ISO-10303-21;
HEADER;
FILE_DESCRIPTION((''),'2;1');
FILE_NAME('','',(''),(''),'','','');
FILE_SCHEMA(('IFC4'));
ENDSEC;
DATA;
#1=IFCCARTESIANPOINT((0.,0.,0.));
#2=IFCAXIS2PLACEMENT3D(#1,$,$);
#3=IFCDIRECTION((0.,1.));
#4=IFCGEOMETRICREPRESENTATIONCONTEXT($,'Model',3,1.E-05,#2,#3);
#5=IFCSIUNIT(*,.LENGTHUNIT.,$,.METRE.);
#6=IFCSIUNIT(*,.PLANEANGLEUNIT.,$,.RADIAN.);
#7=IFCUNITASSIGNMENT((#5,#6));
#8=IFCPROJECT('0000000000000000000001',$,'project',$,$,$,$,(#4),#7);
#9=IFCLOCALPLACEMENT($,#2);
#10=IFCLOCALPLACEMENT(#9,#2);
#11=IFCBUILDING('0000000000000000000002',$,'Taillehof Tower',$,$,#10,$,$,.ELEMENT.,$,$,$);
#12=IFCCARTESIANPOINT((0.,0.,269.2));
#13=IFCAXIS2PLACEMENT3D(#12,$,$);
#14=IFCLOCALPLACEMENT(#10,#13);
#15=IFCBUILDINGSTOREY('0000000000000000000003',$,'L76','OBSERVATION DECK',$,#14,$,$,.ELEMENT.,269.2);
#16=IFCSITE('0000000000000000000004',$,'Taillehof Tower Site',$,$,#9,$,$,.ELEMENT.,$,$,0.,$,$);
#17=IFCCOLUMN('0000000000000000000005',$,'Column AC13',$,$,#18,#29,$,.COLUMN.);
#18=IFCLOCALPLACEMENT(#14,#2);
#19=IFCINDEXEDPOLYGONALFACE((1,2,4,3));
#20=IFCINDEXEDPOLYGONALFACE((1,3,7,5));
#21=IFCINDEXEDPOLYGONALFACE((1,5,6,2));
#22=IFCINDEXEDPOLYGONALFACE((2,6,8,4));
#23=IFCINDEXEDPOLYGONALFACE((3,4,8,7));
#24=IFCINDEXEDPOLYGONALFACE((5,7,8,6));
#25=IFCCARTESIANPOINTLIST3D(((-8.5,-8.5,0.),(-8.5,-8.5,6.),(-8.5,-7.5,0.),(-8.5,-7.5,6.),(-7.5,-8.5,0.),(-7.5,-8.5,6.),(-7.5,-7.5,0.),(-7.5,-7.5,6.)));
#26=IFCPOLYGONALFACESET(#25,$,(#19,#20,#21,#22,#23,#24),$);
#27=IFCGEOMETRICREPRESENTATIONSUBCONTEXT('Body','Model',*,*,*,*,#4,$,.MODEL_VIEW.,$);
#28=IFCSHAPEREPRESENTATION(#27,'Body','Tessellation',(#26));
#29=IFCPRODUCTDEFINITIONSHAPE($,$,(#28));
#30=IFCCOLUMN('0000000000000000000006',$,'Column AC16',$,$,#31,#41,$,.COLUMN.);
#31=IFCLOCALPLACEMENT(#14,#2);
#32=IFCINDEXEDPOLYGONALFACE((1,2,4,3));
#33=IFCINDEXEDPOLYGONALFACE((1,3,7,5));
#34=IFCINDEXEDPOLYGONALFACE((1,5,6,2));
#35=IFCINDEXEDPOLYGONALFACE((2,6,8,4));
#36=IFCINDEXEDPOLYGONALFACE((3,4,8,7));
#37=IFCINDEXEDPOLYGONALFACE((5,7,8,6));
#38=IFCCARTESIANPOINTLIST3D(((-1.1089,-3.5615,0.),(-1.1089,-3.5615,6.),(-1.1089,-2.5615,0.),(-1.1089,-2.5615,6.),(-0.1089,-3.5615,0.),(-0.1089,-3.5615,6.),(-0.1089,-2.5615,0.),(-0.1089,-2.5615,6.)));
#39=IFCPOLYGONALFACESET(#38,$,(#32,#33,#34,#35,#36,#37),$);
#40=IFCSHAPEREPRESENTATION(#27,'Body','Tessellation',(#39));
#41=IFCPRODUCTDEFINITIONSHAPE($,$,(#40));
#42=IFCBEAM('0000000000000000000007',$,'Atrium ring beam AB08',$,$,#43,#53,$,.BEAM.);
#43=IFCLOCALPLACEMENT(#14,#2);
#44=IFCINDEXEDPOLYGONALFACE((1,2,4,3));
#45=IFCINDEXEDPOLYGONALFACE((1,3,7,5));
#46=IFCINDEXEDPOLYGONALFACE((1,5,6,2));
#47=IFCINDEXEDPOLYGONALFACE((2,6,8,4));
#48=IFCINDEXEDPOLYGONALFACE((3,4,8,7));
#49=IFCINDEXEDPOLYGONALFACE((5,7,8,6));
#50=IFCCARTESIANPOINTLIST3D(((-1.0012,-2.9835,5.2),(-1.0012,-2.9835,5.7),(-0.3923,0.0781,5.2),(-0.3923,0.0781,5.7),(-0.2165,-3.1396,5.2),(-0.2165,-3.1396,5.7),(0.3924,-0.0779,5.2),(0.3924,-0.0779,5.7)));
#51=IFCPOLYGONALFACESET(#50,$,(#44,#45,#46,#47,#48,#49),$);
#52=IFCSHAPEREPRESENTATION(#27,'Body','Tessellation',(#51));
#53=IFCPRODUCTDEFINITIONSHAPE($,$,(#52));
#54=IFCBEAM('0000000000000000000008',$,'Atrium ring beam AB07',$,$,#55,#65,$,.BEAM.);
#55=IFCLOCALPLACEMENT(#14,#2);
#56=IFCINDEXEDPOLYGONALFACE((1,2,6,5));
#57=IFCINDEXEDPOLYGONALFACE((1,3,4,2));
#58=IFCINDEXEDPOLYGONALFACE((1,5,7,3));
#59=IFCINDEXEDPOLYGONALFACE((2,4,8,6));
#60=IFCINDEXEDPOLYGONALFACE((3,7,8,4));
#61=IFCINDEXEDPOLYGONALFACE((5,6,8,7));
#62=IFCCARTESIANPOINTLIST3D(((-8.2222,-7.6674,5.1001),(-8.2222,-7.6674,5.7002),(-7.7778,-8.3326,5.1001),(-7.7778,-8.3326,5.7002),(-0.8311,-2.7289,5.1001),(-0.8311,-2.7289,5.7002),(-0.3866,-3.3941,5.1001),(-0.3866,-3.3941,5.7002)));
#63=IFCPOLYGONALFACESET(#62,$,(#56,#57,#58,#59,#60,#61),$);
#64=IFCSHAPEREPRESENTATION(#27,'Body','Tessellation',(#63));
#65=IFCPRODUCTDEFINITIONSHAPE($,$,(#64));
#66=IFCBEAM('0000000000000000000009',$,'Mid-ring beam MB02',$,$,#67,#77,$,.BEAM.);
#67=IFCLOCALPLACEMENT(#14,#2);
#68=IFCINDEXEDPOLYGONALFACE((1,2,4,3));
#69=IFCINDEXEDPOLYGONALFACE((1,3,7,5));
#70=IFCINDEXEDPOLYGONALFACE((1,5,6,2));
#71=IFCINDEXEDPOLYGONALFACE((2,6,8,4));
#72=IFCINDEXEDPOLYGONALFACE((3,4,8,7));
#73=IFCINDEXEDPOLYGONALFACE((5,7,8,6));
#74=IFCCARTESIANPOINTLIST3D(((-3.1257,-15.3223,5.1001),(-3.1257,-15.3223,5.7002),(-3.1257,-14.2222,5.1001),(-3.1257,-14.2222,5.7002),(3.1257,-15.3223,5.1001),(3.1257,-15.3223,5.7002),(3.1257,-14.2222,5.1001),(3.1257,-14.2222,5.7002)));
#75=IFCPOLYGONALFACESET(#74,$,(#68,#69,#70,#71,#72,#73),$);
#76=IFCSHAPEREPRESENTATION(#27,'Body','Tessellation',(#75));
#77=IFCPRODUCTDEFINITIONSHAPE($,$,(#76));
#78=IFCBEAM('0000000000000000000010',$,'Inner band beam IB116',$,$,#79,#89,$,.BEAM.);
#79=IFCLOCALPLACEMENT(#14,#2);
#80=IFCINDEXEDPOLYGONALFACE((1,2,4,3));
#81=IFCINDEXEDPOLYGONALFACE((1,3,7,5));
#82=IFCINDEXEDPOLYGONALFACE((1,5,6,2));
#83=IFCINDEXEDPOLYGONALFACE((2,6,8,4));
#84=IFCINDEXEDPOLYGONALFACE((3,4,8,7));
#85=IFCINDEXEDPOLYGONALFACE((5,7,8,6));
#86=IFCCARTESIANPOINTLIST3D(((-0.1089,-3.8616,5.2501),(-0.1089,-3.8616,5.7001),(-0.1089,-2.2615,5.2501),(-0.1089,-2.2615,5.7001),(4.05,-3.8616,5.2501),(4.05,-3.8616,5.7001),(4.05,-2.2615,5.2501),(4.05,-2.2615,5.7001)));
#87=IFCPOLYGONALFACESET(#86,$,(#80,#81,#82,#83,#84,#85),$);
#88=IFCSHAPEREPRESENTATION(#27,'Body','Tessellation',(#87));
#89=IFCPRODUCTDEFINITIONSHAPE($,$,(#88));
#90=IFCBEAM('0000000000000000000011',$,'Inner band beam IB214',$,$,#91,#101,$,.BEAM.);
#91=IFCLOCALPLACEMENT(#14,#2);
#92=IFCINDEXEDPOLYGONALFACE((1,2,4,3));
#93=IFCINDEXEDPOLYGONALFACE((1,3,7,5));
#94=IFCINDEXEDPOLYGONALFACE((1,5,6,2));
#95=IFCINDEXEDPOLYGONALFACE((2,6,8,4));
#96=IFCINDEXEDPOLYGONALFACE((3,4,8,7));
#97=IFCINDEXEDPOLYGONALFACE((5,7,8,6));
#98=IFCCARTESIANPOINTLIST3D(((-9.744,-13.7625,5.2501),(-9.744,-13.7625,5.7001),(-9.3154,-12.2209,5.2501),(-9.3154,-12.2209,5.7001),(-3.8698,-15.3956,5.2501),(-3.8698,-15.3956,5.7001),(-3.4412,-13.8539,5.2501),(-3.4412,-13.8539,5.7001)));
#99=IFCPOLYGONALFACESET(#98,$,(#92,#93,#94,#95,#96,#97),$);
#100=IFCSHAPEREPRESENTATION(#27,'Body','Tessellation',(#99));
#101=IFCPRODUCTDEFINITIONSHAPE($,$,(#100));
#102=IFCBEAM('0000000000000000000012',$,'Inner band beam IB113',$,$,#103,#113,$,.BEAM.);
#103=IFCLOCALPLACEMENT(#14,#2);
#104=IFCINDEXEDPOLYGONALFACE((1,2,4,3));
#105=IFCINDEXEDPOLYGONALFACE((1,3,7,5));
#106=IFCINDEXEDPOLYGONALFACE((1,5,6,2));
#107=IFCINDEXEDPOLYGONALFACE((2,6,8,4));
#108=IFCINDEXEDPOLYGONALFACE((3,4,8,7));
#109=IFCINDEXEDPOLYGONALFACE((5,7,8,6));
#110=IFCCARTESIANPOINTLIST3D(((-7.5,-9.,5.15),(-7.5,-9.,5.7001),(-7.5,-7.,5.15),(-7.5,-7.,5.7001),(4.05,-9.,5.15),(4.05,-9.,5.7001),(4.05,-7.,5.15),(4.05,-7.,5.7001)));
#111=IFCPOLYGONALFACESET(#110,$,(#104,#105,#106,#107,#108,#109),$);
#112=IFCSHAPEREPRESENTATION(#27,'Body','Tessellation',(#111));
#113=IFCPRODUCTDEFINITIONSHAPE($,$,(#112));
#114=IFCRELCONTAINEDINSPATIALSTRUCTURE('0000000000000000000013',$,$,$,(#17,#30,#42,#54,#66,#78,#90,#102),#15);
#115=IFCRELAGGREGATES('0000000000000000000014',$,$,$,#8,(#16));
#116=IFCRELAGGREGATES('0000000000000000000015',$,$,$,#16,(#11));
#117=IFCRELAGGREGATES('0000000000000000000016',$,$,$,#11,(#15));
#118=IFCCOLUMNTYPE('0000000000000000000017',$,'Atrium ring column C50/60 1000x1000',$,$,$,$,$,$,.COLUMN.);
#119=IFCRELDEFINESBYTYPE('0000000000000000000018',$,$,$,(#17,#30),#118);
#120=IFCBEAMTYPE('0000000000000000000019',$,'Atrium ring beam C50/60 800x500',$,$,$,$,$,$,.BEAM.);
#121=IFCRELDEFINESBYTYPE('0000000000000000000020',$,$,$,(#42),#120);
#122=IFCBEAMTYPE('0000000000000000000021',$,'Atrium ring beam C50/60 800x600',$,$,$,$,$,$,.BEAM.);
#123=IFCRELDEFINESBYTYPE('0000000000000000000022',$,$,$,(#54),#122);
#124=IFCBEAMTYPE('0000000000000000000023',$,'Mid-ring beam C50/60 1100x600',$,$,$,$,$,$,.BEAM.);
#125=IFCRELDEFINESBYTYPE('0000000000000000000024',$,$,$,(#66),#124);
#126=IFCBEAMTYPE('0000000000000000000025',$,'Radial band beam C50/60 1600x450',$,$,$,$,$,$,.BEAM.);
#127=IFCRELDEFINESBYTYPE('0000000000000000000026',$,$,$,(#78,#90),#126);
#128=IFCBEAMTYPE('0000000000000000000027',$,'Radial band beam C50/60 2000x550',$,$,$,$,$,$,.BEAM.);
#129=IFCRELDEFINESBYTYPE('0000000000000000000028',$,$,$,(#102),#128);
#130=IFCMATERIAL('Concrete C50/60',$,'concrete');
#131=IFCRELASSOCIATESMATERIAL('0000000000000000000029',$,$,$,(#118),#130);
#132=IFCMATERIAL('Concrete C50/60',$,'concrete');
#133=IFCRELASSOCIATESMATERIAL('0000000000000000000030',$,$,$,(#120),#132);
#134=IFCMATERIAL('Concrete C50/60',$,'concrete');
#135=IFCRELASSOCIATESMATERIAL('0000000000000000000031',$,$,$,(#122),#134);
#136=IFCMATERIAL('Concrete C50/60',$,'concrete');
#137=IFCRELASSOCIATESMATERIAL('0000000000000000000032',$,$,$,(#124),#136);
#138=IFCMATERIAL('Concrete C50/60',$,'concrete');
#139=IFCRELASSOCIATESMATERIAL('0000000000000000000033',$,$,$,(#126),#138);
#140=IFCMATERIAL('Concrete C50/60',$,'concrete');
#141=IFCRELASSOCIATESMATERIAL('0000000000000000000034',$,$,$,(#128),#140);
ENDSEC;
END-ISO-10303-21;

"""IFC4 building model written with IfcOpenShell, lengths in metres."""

from ifc_helpers import new_model, si_unit, direction, frame, origin, origin_2d, place, context, subcontext, project, spatial, rectangle, extrude, material, material_profile, profile_set, type_object, element, save


model = new_model("IFC4")

# Units and contexts
model_context = context("Model", 3, precision=1e-05, world=origin(), true_north=direction((0.0, 1.0)))
body_context = subcontext(model_context, "Body", "Model", "MODEL_VIEW")
ifc_project = project(units=[si_unit("LENGTHUNIT", "METRE"), si_unit("PLANEANGLEUNIT", "RADIAN")], contexts=[model_context])

# Site, building, storey
site_placement = place(None, origin())
site = spatial("IfcSite", under=ifc_project, at=site_placement, Name="Taillehof Tower Site", CompositionType="ELEMENT", RefElevation=0.0)
building_placement = place(site_placement, origin())
building = spatial("IfcBuilding", under=site, at=building_placement, Name="Taillehof Tower", CompositionType="ELEMENT")
storey_placement = place(building_placement, frame((0.0, 0.0, 269.2)))
storey = spatial("IfcBuildingStorey", under=building, at=storey_placement, Name="L76", Description="OBSERVATION DECK", CompositionType="ELEMENT", Elevation=269.2)

# Columns
ifc_material_1 = material(Name="Concrete C50/60", Category="concrete")
ifc_material_profile_1 = material_profile(ifc_material_1, rectangle(XDim=1.0, YDim=1.0, at=origin_2d()), Name="RC 1000x1000")
ifc_profile_set_1 = profile_set([ifc_material_profile_1], Name="Concrete C50/60")
column_type = type_object("IfcColumnType", Name="Atrium ring column C50/60 1000x1000", PredefinedType="COLUMN", material=ifc_profile_set_1)
for number, where, z_axis, x_axis, name in (
    (1, (-8.0, -8.0, 0.0), (0.0, 0.0, 1.0), (1.0, 0.0, 0.0), "Column AC13"),
    (2, (-0.6089, -3.0615, 0.0), (0.0, 0.0, 1.0), (1.0, 0.0, 0.0), "Column AC16"),
):
    element("IfcColumn", number, at=place(storey_placement, frame(where, z_axis=z_axis, x_axis=x_axis)), inside=storey, type_object=column_type, Name=name, PredefinedType="COLUMN", context=body_context, shape_type="SweptSolid", body=[
        extrude(rectangle(XDim=1.0, YDim=1.0, at=origin_2d()), origin(), (0.0, 0.0, 1.0), 6.0),
    ])

# Beams
ifc_material_2 = material(Name="Concrete C50/60", Category="concrete")
ifc_material_profile_2 = material_profile(ifc_material_2, rectangle(XDim=0.8, YDim=0.5, at=origin_2d()), Name="RC 800x500")
ifc_profile_set_2 = profile_set([ifc_material_profile_2], Name="Concrete C50/60")
beam_type_1 = type_object("IfcBeamType", Name="Atrium ring beam C50/60 800x500", PredefinedType="BEAM", material=ifc_profile_set_2)
beam_1_placement = place(storey_placement, frame((-0.6089, -3.0615, 5.45), z_axis=(0.195063, 0.980791, 0.0), x_axis=(-0.980791, 0.195063, 0.0)))
element("IfcBeam", 3, at=beam_1_placement, inside=storey, type_object=beam_type_1, Name="Atrium ring beam AB08", PredefinedType="BEAM", context=body_context, shape_type="SweptSolid", body=[
    extrude(rectangle(XDim=0.8, YDim=0.5, at=origin_2d()), origin(), (0.0, 0.0, 1.0), 3.1216),
])
ifc_material_3 = material(Name="Concrete C50/60", Category="concrete")
ifc_material_profile_3 = material_profile(ifc_material_3, rectangle(XDim=0.8, YDim=0.6001, at=origin_2d()), Name="RC 800x600")
ifc_profile_set_3 = profile_set([ifc_material_profile_3], Name="Concrete C50/60")
beam_type_2 = type_object("IfcBeamType", Name="Atrium ring beam C50/60 800x600", PredefinedType="BEAM", material=ifc_profile_set_3)
beam_2_placement = place(storey_placement, frame((-8.0, -8.0, 5.4001), z_axis=(0.831475, 0.555562, 0.0), x_axis=(-0.555562, 0.831475, 0.0)))
element("IfcBeam", 4, at=beam_2_placement, inside=storey, type_object=beam_type_2, Name="Atrium ring beam AB07", PredefinedType="BEAM", context=body_context, shape_type="SweptSolid", body=[
    extrude(rectangle(XDim=0.8, YDim=0.6001, at=origin_2d()), origin(), (0.0, 0.0, 1.0), 8.8892),
])
ifc_material_4 = material(Name="Concrete C50/60", Category="concrete")
ifc_material_profile_4 = material_profile(ifc_material_4, rectangle(XDim=1.1001, YDim=0.6001, at=origin_2d()), Name="RC 1100x600")
ifc_profile_set_4 = profile_set([ifc_material_profile_4], Name="Concrete C50/60")
beam_type_3 = type_object("IfcBeamType", Name="Mid-ring beam C50/60 1100x600", PredefinedType="BEAM", material=ifc_profile_set_4)
beam_3_placement = place(storey_placement, frame((-3.1257, -14.7722, 5.4001), z_axis=(1.0, 0.0, 0.0), x_axis=(0.0, 1.0, 0.0)))
element("IfcBeam", 5, at=beam_3_placement, inside=storey, type_object=beam_type_3, Name="Mid-ring beam MB02", PredefinedType="BEAM", context=body_context, shape_type="SweptSolid", body=[
    extrude(rectangle(XDim=1.1001, YDim=0.6001, at=origin_2d()), origin(), (0.0, 0.0, 1.0), 6.2515),
])
ifc_material_5 = material(Name="Concrete C50/60", Category="concrete")
ifc_material_profile_5 = material_profile(ifc_material_5, rectangle(XDim=1.6001, YDim=0.45, at=origin_2d()), Name="RC 1600x450")
ifc_profile_set_5 = profile_set([ifc_material_profile_5], Name="Concrete C50/60")
beam_type_4 = type_object("IfcBeamType", Name="Radial band beam C50/60 1600x450", PredefinedType="BEAM", material=ifc_profile_set_5)
beam_4_placement = place(storey_placement, frame((-0.1089, -3.0615, 5.4751), z_axis=(1.0, 0.0, 0.0), x_axis=(0.0, 1.0, 0.0)))
element("IfcBeam", 6, at=beam_4_placement, inside=storey, type_object=beam_type_4, Name="Inner band beam IB116", PredefinedType="BEAM", context=body_context, shape_type="SweptSolid", body=[
    extrude(rectangle(XDim=1.6001, YDim=0.45, at=origin_2d()), origin(), (0.0, 0.0, 1.0), 4.1589),
])
beam_5_placement = place(storey_placement, frame((-3.6555, -14.6248, 5.4751), z_axis=(-0.963459, 0.267855, 0.0), x_axis=(-0.267855, -0.963459, 0.0)))
element("IfcBeam", 7, at=beam_5_placement, inside=storey, type_object=beam_type_4, Name="Inner band beam IB214", PredefinedType="BEAM", context=body_context, shape_type="SweptSolid", body=[
    extrude(rectangle(XDim=1.6001, YDim=0.45, at=origin_2d()), origin(), (0.0, 0.0, 1.0), 6.0969),
])
ifc_material_6 = material(Name="Concrete C50/60", Category="concrete")
ifc_material_profile_6 = material_profile(ifc_material_6, rectangle(XDim=2.0, YDim=0.55, at=origin_2d()), Name="RC 2000x550")
ifc_profile_set_6 = profile_set([ifc_material_profile_6], Name="Concrete C50/60")
beam_type_5 = type_object("IfcBeamType", Name="Radial band beam C50/60 2000x550", PredefinedType="BEAM", material=ifc_profile_set_6)
beam_6_placement = place(storey_placement, frame((-7.5, -8.0, 5.425), z_axis=(1.0, 0.0, 0.0), x_axis=(0.0, 1.0, 0.0)))
element("IfcBeam", 8, at=beam_6_placement, inside=storey, type_object=beam_type_5, Name="Inner band beam IB113", PredefinedType="BEAM", context=body_context, shape_type="SweptSolid", body=[
    extrude(rectangle(XDim=2.0, YDim=0.55, at=origin_2d()), origin(), (0.0, 0.0, 1.0), 11.55),
])

save(model, "model.ifc")
